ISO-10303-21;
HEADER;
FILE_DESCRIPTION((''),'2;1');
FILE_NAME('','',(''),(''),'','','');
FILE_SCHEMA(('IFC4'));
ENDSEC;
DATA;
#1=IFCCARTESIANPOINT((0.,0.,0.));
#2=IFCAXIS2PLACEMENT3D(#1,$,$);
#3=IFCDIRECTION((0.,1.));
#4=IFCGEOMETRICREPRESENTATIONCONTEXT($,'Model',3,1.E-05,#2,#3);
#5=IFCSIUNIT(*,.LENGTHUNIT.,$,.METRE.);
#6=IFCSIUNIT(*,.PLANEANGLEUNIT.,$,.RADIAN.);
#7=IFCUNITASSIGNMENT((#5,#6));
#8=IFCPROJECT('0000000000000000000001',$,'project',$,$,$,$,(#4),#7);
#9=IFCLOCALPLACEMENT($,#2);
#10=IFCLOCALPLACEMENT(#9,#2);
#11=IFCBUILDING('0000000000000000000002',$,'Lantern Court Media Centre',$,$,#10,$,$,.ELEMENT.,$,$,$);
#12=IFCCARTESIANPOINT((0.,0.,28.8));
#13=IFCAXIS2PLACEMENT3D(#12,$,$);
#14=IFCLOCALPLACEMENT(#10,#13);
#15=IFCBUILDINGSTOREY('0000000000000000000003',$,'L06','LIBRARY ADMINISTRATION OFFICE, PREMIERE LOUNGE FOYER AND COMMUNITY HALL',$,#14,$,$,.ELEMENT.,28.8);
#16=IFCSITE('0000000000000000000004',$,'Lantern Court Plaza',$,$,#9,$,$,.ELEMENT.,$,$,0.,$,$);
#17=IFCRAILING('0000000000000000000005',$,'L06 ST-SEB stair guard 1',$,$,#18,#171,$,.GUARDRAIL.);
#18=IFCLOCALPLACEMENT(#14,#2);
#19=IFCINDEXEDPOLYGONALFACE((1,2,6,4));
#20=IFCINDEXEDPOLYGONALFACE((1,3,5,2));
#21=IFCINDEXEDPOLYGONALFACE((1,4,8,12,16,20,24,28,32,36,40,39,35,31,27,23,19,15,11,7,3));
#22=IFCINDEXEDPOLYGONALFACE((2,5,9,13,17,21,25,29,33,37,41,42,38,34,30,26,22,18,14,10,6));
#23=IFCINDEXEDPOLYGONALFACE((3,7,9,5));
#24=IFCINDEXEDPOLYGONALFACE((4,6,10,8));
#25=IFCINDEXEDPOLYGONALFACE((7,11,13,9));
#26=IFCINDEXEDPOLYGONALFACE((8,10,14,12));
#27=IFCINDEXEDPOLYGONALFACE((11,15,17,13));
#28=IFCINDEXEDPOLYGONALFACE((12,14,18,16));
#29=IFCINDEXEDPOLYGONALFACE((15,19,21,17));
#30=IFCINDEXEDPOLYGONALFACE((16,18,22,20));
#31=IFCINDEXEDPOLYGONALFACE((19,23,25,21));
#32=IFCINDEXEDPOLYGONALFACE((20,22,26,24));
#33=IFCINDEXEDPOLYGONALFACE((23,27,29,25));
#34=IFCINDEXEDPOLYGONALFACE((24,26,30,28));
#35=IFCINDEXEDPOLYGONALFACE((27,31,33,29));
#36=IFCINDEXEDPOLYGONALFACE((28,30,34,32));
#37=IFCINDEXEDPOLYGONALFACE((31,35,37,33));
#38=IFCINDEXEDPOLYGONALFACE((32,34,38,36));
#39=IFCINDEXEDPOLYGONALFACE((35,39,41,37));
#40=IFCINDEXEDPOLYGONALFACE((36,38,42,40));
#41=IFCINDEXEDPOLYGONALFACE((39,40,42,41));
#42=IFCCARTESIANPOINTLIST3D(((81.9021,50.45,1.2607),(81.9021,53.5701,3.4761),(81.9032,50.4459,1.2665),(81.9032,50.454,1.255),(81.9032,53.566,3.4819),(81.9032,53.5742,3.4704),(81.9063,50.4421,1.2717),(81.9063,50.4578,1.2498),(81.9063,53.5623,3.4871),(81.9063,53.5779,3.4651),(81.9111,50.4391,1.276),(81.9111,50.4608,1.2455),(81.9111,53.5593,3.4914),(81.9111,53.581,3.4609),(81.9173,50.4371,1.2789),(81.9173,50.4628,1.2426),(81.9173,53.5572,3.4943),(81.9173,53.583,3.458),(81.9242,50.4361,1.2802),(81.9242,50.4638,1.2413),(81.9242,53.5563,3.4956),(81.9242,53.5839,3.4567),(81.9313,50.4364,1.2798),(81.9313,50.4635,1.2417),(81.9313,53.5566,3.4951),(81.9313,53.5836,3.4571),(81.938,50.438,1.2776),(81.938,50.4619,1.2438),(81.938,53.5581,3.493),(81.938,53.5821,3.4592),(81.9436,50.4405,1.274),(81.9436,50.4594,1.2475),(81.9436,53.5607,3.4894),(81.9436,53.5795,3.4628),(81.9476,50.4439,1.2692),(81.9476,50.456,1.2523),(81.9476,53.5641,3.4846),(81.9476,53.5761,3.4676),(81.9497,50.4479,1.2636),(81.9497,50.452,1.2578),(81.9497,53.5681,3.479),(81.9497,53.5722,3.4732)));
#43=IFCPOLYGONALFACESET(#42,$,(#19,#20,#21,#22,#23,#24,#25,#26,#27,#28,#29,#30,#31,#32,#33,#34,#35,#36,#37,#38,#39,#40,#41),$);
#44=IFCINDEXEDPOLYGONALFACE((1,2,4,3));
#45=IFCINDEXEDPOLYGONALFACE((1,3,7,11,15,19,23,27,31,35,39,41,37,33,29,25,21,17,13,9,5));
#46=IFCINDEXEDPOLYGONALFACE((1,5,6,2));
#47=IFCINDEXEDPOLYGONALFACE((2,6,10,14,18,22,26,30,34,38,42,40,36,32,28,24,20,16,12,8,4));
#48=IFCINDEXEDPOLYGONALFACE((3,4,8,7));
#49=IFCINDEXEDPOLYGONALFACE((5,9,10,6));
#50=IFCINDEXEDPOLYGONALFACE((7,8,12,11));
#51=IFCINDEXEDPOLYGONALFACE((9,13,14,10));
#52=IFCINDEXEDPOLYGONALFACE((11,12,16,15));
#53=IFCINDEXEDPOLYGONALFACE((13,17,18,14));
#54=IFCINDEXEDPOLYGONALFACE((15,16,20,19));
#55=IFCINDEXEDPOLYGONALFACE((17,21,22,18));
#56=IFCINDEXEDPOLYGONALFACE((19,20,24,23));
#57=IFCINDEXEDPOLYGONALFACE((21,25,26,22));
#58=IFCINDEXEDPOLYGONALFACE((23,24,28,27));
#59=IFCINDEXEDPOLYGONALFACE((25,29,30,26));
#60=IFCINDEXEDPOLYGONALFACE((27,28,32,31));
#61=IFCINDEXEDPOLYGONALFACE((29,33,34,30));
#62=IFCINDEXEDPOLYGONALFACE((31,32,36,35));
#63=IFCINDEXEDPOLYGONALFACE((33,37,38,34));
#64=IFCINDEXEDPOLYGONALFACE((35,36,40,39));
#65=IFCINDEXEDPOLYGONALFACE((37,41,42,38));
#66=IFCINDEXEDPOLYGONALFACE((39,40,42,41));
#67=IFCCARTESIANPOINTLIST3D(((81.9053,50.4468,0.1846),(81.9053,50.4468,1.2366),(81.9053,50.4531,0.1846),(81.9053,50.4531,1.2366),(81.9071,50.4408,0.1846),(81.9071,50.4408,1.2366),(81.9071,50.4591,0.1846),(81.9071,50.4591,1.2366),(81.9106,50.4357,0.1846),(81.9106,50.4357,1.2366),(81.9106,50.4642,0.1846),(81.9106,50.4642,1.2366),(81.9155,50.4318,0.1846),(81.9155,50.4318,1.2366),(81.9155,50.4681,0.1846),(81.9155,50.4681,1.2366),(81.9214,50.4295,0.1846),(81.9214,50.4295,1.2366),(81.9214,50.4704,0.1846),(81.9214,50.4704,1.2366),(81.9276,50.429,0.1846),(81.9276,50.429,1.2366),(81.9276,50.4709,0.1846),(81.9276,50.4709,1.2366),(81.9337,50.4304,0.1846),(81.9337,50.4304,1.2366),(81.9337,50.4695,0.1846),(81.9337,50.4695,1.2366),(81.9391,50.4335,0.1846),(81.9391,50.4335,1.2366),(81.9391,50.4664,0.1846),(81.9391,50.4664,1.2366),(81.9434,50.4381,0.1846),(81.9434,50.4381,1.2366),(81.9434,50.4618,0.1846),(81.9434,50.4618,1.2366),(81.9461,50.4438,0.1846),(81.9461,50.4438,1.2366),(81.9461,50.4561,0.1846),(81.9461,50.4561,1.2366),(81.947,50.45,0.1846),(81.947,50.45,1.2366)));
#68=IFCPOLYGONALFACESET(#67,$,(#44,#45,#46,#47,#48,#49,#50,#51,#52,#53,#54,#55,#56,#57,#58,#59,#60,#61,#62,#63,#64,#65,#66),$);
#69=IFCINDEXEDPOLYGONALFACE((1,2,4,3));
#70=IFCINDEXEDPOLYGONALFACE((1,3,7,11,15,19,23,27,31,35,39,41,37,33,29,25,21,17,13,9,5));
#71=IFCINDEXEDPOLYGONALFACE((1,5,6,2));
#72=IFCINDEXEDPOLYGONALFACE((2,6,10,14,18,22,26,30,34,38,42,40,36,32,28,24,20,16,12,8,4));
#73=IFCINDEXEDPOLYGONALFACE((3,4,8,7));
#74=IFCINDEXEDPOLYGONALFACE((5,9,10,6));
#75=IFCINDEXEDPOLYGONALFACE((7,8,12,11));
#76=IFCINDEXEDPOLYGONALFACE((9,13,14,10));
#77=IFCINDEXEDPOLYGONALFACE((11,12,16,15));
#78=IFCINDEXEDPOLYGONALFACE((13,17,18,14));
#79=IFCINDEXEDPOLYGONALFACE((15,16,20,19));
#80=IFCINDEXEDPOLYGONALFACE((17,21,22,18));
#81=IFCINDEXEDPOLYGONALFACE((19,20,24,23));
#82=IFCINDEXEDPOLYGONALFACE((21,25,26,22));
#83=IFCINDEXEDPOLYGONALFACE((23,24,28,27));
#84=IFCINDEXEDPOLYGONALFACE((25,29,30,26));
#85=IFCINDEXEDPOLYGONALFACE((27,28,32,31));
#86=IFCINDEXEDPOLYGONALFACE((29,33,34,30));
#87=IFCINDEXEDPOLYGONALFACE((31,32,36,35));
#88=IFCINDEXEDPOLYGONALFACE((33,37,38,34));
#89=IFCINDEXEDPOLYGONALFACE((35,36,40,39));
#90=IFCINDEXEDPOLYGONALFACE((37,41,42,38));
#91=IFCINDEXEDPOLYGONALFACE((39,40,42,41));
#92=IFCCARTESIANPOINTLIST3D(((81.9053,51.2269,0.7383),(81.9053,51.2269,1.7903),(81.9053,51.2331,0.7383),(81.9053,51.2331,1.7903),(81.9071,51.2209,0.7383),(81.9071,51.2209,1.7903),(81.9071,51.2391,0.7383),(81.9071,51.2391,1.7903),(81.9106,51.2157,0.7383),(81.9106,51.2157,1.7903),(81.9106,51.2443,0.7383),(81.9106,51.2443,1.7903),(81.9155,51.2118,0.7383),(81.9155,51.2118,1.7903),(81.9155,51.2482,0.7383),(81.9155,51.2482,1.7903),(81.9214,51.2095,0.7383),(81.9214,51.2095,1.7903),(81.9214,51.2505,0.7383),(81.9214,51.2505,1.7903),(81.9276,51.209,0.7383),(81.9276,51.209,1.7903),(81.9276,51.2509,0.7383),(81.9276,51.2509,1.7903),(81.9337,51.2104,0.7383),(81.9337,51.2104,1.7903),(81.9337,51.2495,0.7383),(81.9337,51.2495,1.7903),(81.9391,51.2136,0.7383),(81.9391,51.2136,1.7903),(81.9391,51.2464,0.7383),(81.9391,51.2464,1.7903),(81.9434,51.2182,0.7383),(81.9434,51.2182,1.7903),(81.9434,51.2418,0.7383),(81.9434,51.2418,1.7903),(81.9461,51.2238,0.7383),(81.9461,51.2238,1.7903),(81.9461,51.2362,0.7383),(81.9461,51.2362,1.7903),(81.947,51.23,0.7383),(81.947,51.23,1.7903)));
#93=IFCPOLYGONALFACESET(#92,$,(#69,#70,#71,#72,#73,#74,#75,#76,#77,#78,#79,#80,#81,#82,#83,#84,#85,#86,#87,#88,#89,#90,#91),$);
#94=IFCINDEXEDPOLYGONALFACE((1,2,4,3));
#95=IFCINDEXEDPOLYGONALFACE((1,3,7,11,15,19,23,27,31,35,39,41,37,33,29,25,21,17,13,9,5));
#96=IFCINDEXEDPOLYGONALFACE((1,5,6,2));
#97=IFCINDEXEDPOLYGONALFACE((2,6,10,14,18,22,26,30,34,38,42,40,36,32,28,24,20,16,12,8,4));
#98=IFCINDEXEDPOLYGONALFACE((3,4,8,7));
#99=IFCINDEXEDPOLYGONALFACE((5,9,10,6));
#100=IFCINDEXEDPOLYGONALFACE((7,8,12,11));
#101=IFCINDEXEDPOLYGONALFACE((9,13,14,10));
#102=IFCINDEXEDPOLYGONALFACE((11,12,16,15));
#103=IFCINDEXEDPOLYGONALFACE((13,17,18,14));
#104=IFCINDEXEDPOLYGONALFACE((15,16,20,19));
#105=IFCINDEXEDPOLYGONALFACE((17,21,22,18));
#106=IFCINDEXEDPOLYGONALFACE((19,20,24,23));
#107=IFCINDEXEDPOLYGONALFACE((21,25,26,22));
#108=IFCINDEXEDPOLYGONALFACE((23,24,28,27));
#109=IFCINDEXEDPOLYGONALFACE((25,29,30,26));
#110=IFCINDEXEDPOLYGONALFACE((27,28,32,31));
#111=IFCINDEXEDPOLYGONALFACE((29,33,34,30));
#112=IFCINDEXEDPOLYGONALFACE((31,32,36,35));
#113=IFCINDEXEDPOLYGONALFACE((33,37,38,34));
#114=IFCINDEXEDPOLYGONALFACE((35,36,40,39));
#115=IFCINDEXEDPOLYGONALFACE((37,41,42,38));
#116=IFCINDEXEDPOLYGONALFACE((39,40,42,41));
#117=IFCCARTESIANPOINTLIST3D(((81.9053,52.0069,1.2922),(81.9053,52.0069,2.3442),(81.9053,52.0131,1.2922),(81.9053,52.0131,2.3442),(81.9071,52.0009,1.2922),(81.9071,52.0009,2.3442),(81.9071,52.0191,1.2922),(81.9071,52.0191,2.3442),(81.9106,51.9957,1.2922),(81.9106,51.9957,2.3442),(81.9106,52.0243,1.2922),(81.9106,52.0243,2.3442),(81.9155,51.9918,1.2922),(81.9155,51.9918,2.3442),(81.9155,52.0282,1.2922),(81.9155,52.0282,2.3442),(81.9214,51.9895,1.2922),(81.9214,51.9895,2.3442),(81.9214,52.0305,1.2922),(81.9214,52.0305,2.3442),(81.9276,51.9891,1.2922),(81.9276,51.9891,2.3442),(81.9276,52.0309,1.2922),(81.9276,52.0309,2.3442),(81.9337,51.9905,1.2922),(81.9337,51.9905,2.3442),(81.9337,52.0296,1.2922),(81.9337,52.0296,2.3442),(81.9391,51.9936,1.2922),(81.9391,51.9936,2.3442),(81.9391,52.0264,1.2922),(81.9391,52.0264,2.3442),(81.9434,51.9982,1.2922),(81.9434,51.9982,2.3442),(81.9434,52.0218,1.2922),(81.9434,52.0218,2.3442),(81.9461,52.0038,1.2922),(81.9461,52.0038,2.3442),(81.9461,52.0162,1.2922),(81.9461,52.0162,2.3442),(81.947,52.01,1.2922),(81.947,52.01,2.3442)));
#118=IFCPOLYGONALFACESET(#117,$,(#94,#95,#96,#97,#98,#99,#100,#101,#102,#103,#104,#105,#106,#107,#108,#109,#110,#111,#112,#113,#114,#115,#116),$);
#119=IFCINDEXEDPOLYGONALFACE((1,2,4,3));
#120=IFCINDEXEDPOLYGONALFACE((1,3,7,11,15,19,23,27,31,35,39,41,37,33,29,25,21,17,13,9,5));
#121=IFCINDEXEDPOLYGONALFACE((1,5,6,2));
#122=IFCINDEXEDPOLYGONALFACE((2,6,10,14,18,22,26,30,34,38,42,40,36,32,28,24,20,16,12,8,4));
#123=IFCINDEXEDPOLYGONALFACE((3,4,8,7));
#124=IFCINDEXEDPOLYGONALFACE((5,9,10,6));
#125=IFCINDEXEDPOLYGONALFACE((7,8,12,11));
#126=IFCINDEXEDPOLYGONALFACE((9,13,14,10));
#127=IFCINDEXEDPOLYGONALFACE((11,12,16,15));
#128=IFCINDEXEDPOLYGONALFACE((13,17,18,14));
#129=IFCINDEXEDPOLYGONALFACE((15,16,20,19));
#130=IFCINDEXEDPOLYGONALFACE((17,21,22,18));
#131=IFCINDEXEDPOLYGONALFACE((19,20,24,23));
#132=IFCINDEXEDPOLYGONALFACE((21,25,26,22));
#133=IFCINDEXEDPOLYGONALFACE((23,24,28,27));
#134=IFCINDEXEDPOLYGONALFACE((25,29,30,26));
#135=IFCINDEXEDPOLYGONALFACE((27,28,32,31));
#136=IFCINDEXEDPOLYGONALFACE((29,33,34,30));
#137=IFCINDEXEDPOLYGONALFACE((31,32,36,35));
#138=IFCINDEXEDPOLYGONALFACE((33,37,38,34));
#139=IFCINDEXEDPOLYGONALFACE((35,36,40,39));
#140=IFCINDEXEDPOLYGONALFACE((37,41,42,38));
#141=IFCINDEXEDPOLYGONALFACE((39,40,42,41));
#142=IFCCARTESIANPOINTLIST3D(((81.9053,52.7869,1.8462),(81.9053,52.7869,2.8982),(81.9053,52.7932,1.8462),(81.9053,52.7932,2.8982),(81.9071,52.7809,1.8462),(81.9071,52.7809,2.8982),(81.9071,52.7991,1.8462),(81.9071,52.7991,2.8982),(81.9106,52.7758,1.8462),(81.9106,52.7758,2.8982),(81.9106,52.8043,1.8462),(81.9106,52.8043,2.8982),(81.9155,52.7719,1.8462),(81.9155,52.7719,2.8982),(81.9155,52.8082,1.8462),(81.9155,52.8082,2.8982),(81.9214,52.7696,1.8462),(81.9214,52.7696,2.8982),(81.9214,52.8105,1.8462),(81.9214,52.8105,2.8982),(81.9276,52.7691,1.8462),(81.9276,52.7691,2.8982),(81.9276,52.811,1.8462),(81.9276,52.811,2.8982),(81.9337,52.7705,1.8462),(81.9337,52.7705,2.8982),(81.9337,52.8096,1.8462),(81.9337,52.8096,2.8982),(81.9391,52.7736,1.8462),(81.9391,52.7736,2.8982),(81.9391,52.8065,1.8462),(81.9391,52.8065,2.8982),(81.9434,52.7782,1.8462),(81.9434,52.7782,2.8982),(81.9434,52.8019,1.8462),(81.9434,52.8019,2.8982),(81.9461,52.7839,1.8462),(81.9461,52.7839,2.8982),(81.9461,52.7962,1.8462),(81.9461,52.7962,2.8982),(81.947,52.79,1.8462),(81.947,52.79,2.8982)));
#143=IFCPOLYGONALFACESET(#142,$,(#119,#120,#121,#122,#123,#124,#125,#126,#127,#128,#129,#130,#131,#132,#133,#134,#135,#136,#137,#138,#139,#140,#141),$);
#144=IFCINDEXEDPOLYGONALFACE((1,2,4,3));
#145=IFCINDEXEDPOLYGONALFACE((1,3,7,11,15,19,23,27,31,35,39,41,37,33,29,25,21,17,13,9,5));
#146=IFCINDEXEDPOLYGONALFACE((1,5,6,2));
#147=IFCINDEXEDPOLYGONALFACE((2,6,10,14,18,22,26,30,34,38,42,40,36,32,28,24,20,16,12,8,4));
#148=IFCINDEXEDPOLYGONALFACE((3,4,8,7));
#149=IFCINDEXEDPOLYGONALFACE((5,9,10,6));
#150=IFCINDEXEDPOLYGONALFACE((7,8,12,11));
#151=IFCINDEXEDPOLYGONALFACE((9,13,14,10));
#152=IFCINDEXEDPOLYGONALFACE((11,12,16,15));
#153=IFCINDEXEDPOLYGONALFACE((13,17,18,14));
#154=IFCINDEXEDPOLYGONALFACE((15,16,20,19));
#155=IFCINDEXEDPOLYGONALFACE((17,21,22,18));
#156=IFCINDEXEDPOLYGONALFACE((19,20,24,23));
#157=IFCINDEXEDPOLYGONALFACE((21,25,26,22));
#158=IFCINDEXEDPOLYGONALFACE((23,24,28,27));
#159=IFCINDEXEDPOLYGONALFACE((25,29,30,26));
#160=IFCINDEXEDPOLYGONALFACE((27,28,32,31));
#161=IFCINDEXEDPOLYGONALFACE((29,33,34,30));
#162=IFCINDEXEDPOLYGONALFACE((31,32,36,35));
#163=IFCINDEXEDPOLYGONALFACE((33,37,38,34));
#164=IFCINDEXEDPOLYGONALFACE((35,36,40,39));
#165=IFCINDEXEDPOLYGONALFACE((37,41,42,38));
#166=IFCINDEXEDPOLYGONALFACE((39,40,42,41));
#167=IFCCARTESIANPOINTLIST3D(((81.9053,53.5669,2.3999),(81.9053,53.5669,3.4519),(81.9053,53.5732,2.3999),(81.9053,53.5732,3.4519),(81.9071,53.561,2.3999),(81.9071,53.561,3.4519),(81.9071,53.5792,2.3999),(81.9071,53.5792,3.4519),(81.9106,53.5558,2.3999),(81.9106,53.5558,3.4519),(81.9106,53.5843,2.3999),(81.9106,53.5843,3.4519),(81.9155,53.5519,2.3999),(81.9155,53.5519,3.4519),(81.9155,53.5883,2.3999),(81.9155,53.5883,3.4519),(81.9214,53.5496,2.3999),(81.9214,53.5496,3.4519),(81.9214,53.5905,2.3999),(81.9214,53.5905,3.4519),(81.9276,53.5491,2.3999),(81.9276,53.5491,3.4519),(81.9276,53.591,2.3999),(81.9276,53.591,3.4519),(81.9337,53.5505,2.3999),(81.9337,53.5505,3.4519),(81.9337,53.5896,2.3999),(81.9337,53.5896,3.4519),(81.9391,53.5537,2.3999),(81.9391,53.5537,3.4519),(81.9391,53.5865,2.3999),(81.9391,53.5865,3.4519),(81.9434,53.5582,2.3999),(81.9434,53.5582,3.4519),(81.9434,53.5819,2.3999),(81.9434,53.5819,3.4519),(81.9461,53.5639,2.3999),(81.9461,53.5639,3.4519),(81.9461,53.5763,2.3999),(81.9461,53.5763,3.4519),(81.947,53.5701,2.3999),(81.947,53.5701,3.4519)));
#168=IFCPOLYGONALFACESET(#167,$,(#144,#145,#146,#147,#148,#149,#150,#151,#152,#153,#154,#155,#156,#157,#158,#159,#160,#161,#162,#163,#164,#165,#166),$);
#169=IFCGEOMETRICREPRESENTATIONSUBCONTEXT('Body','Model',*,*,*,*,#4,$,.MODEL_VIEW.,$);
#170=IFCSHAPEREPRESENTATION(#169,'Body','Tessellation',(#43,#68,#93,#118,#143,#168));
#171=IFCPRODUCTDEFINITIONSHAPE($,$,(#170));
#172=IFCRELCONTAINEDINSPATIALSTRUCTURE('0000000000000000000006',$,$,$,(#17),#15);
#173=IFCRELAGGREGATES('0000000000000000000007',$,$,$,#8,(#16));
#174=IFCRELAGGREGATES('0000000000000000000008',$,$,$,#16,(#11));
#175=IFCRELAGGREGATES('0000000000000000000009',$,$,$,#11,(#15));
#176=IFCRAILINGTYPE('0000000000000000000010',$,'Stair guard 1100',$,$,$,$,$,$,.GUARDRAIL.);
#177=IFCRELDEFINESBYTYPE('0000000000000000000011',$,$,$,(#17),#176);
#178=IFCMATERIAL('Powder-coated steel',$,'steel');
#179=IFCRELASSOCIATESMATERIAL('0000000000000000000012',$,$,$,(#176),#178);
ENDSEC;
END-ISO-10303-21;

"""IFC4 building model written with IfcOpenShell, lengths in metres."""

from ifc_helpers import new_model, si_unit, direction, frame, origin, origin_2d, place, context, subcontext, project, spatial, circle, extrude, material, type_object, element, save


model = new_model("IFC4")

# Units and contexts
model_context = context("Model", 3, precision=1e-05, world=origin(), true_north=direction((0.0, 1.0)))
body_context = subcontext(model_context, "Body", "Model", "MODEL_VIEW")
ifc_project = project(units=[si_unit("LENGTHUNIT", "METRE"), si_unit("PLANEANGLEUNIT", "RADIAN")], contexts=[model_context])

# Site, building, storey
site_placement = place(None, origin())
site = spatial("IfcSite", under=ifc_project, at=site_placement, Name="Lantern Court Plaza", CompositionType="ELEMENT", RefElevation=0.0)
building_placement = place(site_placement, origin())
building = spatial("IfcBuilding", under=site, at=building_placement, Name="Lantern Court Media Centre", CompositionType="ELEMENT")
storey_placement = place(building_placement, frame((0.0, 0.0, 28.8)))
storey = spatial("IfcBuildingStorey", under=building, at=storey_placement, Name="L06", Description="LIBRARY ADMINISTRATION OFFICE, PREMIERE LOUNGE FOYER AND COMMUNITY HALL", CompositionType="ELEMENT", Elevation=28.8)

# Railing
ifc_material_1 = material(Name="Powder-coated steel", Category="steel")
railing_type_1 = type_object("IfcRailingType", Name="Stair guard 1100", PredefinedType="GUARDRAIL", material=ifc_material_1)
railing_1_placement = place(storey_placement, frame((81.926, 50.45, 0.1846)))
element("IfcRailing", 1, at=railing_1_placement, inside=storey, type_object=railing_type_1, Name="L06 ST-SEB stair guard 1", PredefinedType="GUARDRAIL", context=body_context, shape_type="SweptSolid", body=[
    extrude(circle(Radius=0.0239, at=origin_2d()), frame((0.0, 0.0, 1.0762), z_axis=(0.0, 0.815377, 0.57893), x_axis=(-1.0, 0.0, 0.0)), (0.0, 0.0, 1.0), 3.8267),
    extrude(circle(Radius=0.021, at=origin_2d()), origin(), (0.0, 0.0, 1.0), 1.052),
    extrude(circle(Radius=0.021, at=origin_2d()), frame((0.0, 0.78, 0.5537)), (0.0, 0.0, 1.0), 1.052),
    extrude(circle(Radius=0.021, at=origin_2d()), frame((0.0, 1.5601, 1.1077)), (0.0, 0.0, 1.0), 1.052),
    extrude(circle(Radius=0.021, at=origin_2d()), frame((0.0, 2.3401, 1.6616)), (0.0, 0.0, 1.0), 1.052),
    extrude(circle(Radius=0.021, at=origin_2d()), frame((0.0, 3.1201, 2.2153)), (0.0, 0.0, 1.0), 1.052),
])

save(model, "model.ifc")
